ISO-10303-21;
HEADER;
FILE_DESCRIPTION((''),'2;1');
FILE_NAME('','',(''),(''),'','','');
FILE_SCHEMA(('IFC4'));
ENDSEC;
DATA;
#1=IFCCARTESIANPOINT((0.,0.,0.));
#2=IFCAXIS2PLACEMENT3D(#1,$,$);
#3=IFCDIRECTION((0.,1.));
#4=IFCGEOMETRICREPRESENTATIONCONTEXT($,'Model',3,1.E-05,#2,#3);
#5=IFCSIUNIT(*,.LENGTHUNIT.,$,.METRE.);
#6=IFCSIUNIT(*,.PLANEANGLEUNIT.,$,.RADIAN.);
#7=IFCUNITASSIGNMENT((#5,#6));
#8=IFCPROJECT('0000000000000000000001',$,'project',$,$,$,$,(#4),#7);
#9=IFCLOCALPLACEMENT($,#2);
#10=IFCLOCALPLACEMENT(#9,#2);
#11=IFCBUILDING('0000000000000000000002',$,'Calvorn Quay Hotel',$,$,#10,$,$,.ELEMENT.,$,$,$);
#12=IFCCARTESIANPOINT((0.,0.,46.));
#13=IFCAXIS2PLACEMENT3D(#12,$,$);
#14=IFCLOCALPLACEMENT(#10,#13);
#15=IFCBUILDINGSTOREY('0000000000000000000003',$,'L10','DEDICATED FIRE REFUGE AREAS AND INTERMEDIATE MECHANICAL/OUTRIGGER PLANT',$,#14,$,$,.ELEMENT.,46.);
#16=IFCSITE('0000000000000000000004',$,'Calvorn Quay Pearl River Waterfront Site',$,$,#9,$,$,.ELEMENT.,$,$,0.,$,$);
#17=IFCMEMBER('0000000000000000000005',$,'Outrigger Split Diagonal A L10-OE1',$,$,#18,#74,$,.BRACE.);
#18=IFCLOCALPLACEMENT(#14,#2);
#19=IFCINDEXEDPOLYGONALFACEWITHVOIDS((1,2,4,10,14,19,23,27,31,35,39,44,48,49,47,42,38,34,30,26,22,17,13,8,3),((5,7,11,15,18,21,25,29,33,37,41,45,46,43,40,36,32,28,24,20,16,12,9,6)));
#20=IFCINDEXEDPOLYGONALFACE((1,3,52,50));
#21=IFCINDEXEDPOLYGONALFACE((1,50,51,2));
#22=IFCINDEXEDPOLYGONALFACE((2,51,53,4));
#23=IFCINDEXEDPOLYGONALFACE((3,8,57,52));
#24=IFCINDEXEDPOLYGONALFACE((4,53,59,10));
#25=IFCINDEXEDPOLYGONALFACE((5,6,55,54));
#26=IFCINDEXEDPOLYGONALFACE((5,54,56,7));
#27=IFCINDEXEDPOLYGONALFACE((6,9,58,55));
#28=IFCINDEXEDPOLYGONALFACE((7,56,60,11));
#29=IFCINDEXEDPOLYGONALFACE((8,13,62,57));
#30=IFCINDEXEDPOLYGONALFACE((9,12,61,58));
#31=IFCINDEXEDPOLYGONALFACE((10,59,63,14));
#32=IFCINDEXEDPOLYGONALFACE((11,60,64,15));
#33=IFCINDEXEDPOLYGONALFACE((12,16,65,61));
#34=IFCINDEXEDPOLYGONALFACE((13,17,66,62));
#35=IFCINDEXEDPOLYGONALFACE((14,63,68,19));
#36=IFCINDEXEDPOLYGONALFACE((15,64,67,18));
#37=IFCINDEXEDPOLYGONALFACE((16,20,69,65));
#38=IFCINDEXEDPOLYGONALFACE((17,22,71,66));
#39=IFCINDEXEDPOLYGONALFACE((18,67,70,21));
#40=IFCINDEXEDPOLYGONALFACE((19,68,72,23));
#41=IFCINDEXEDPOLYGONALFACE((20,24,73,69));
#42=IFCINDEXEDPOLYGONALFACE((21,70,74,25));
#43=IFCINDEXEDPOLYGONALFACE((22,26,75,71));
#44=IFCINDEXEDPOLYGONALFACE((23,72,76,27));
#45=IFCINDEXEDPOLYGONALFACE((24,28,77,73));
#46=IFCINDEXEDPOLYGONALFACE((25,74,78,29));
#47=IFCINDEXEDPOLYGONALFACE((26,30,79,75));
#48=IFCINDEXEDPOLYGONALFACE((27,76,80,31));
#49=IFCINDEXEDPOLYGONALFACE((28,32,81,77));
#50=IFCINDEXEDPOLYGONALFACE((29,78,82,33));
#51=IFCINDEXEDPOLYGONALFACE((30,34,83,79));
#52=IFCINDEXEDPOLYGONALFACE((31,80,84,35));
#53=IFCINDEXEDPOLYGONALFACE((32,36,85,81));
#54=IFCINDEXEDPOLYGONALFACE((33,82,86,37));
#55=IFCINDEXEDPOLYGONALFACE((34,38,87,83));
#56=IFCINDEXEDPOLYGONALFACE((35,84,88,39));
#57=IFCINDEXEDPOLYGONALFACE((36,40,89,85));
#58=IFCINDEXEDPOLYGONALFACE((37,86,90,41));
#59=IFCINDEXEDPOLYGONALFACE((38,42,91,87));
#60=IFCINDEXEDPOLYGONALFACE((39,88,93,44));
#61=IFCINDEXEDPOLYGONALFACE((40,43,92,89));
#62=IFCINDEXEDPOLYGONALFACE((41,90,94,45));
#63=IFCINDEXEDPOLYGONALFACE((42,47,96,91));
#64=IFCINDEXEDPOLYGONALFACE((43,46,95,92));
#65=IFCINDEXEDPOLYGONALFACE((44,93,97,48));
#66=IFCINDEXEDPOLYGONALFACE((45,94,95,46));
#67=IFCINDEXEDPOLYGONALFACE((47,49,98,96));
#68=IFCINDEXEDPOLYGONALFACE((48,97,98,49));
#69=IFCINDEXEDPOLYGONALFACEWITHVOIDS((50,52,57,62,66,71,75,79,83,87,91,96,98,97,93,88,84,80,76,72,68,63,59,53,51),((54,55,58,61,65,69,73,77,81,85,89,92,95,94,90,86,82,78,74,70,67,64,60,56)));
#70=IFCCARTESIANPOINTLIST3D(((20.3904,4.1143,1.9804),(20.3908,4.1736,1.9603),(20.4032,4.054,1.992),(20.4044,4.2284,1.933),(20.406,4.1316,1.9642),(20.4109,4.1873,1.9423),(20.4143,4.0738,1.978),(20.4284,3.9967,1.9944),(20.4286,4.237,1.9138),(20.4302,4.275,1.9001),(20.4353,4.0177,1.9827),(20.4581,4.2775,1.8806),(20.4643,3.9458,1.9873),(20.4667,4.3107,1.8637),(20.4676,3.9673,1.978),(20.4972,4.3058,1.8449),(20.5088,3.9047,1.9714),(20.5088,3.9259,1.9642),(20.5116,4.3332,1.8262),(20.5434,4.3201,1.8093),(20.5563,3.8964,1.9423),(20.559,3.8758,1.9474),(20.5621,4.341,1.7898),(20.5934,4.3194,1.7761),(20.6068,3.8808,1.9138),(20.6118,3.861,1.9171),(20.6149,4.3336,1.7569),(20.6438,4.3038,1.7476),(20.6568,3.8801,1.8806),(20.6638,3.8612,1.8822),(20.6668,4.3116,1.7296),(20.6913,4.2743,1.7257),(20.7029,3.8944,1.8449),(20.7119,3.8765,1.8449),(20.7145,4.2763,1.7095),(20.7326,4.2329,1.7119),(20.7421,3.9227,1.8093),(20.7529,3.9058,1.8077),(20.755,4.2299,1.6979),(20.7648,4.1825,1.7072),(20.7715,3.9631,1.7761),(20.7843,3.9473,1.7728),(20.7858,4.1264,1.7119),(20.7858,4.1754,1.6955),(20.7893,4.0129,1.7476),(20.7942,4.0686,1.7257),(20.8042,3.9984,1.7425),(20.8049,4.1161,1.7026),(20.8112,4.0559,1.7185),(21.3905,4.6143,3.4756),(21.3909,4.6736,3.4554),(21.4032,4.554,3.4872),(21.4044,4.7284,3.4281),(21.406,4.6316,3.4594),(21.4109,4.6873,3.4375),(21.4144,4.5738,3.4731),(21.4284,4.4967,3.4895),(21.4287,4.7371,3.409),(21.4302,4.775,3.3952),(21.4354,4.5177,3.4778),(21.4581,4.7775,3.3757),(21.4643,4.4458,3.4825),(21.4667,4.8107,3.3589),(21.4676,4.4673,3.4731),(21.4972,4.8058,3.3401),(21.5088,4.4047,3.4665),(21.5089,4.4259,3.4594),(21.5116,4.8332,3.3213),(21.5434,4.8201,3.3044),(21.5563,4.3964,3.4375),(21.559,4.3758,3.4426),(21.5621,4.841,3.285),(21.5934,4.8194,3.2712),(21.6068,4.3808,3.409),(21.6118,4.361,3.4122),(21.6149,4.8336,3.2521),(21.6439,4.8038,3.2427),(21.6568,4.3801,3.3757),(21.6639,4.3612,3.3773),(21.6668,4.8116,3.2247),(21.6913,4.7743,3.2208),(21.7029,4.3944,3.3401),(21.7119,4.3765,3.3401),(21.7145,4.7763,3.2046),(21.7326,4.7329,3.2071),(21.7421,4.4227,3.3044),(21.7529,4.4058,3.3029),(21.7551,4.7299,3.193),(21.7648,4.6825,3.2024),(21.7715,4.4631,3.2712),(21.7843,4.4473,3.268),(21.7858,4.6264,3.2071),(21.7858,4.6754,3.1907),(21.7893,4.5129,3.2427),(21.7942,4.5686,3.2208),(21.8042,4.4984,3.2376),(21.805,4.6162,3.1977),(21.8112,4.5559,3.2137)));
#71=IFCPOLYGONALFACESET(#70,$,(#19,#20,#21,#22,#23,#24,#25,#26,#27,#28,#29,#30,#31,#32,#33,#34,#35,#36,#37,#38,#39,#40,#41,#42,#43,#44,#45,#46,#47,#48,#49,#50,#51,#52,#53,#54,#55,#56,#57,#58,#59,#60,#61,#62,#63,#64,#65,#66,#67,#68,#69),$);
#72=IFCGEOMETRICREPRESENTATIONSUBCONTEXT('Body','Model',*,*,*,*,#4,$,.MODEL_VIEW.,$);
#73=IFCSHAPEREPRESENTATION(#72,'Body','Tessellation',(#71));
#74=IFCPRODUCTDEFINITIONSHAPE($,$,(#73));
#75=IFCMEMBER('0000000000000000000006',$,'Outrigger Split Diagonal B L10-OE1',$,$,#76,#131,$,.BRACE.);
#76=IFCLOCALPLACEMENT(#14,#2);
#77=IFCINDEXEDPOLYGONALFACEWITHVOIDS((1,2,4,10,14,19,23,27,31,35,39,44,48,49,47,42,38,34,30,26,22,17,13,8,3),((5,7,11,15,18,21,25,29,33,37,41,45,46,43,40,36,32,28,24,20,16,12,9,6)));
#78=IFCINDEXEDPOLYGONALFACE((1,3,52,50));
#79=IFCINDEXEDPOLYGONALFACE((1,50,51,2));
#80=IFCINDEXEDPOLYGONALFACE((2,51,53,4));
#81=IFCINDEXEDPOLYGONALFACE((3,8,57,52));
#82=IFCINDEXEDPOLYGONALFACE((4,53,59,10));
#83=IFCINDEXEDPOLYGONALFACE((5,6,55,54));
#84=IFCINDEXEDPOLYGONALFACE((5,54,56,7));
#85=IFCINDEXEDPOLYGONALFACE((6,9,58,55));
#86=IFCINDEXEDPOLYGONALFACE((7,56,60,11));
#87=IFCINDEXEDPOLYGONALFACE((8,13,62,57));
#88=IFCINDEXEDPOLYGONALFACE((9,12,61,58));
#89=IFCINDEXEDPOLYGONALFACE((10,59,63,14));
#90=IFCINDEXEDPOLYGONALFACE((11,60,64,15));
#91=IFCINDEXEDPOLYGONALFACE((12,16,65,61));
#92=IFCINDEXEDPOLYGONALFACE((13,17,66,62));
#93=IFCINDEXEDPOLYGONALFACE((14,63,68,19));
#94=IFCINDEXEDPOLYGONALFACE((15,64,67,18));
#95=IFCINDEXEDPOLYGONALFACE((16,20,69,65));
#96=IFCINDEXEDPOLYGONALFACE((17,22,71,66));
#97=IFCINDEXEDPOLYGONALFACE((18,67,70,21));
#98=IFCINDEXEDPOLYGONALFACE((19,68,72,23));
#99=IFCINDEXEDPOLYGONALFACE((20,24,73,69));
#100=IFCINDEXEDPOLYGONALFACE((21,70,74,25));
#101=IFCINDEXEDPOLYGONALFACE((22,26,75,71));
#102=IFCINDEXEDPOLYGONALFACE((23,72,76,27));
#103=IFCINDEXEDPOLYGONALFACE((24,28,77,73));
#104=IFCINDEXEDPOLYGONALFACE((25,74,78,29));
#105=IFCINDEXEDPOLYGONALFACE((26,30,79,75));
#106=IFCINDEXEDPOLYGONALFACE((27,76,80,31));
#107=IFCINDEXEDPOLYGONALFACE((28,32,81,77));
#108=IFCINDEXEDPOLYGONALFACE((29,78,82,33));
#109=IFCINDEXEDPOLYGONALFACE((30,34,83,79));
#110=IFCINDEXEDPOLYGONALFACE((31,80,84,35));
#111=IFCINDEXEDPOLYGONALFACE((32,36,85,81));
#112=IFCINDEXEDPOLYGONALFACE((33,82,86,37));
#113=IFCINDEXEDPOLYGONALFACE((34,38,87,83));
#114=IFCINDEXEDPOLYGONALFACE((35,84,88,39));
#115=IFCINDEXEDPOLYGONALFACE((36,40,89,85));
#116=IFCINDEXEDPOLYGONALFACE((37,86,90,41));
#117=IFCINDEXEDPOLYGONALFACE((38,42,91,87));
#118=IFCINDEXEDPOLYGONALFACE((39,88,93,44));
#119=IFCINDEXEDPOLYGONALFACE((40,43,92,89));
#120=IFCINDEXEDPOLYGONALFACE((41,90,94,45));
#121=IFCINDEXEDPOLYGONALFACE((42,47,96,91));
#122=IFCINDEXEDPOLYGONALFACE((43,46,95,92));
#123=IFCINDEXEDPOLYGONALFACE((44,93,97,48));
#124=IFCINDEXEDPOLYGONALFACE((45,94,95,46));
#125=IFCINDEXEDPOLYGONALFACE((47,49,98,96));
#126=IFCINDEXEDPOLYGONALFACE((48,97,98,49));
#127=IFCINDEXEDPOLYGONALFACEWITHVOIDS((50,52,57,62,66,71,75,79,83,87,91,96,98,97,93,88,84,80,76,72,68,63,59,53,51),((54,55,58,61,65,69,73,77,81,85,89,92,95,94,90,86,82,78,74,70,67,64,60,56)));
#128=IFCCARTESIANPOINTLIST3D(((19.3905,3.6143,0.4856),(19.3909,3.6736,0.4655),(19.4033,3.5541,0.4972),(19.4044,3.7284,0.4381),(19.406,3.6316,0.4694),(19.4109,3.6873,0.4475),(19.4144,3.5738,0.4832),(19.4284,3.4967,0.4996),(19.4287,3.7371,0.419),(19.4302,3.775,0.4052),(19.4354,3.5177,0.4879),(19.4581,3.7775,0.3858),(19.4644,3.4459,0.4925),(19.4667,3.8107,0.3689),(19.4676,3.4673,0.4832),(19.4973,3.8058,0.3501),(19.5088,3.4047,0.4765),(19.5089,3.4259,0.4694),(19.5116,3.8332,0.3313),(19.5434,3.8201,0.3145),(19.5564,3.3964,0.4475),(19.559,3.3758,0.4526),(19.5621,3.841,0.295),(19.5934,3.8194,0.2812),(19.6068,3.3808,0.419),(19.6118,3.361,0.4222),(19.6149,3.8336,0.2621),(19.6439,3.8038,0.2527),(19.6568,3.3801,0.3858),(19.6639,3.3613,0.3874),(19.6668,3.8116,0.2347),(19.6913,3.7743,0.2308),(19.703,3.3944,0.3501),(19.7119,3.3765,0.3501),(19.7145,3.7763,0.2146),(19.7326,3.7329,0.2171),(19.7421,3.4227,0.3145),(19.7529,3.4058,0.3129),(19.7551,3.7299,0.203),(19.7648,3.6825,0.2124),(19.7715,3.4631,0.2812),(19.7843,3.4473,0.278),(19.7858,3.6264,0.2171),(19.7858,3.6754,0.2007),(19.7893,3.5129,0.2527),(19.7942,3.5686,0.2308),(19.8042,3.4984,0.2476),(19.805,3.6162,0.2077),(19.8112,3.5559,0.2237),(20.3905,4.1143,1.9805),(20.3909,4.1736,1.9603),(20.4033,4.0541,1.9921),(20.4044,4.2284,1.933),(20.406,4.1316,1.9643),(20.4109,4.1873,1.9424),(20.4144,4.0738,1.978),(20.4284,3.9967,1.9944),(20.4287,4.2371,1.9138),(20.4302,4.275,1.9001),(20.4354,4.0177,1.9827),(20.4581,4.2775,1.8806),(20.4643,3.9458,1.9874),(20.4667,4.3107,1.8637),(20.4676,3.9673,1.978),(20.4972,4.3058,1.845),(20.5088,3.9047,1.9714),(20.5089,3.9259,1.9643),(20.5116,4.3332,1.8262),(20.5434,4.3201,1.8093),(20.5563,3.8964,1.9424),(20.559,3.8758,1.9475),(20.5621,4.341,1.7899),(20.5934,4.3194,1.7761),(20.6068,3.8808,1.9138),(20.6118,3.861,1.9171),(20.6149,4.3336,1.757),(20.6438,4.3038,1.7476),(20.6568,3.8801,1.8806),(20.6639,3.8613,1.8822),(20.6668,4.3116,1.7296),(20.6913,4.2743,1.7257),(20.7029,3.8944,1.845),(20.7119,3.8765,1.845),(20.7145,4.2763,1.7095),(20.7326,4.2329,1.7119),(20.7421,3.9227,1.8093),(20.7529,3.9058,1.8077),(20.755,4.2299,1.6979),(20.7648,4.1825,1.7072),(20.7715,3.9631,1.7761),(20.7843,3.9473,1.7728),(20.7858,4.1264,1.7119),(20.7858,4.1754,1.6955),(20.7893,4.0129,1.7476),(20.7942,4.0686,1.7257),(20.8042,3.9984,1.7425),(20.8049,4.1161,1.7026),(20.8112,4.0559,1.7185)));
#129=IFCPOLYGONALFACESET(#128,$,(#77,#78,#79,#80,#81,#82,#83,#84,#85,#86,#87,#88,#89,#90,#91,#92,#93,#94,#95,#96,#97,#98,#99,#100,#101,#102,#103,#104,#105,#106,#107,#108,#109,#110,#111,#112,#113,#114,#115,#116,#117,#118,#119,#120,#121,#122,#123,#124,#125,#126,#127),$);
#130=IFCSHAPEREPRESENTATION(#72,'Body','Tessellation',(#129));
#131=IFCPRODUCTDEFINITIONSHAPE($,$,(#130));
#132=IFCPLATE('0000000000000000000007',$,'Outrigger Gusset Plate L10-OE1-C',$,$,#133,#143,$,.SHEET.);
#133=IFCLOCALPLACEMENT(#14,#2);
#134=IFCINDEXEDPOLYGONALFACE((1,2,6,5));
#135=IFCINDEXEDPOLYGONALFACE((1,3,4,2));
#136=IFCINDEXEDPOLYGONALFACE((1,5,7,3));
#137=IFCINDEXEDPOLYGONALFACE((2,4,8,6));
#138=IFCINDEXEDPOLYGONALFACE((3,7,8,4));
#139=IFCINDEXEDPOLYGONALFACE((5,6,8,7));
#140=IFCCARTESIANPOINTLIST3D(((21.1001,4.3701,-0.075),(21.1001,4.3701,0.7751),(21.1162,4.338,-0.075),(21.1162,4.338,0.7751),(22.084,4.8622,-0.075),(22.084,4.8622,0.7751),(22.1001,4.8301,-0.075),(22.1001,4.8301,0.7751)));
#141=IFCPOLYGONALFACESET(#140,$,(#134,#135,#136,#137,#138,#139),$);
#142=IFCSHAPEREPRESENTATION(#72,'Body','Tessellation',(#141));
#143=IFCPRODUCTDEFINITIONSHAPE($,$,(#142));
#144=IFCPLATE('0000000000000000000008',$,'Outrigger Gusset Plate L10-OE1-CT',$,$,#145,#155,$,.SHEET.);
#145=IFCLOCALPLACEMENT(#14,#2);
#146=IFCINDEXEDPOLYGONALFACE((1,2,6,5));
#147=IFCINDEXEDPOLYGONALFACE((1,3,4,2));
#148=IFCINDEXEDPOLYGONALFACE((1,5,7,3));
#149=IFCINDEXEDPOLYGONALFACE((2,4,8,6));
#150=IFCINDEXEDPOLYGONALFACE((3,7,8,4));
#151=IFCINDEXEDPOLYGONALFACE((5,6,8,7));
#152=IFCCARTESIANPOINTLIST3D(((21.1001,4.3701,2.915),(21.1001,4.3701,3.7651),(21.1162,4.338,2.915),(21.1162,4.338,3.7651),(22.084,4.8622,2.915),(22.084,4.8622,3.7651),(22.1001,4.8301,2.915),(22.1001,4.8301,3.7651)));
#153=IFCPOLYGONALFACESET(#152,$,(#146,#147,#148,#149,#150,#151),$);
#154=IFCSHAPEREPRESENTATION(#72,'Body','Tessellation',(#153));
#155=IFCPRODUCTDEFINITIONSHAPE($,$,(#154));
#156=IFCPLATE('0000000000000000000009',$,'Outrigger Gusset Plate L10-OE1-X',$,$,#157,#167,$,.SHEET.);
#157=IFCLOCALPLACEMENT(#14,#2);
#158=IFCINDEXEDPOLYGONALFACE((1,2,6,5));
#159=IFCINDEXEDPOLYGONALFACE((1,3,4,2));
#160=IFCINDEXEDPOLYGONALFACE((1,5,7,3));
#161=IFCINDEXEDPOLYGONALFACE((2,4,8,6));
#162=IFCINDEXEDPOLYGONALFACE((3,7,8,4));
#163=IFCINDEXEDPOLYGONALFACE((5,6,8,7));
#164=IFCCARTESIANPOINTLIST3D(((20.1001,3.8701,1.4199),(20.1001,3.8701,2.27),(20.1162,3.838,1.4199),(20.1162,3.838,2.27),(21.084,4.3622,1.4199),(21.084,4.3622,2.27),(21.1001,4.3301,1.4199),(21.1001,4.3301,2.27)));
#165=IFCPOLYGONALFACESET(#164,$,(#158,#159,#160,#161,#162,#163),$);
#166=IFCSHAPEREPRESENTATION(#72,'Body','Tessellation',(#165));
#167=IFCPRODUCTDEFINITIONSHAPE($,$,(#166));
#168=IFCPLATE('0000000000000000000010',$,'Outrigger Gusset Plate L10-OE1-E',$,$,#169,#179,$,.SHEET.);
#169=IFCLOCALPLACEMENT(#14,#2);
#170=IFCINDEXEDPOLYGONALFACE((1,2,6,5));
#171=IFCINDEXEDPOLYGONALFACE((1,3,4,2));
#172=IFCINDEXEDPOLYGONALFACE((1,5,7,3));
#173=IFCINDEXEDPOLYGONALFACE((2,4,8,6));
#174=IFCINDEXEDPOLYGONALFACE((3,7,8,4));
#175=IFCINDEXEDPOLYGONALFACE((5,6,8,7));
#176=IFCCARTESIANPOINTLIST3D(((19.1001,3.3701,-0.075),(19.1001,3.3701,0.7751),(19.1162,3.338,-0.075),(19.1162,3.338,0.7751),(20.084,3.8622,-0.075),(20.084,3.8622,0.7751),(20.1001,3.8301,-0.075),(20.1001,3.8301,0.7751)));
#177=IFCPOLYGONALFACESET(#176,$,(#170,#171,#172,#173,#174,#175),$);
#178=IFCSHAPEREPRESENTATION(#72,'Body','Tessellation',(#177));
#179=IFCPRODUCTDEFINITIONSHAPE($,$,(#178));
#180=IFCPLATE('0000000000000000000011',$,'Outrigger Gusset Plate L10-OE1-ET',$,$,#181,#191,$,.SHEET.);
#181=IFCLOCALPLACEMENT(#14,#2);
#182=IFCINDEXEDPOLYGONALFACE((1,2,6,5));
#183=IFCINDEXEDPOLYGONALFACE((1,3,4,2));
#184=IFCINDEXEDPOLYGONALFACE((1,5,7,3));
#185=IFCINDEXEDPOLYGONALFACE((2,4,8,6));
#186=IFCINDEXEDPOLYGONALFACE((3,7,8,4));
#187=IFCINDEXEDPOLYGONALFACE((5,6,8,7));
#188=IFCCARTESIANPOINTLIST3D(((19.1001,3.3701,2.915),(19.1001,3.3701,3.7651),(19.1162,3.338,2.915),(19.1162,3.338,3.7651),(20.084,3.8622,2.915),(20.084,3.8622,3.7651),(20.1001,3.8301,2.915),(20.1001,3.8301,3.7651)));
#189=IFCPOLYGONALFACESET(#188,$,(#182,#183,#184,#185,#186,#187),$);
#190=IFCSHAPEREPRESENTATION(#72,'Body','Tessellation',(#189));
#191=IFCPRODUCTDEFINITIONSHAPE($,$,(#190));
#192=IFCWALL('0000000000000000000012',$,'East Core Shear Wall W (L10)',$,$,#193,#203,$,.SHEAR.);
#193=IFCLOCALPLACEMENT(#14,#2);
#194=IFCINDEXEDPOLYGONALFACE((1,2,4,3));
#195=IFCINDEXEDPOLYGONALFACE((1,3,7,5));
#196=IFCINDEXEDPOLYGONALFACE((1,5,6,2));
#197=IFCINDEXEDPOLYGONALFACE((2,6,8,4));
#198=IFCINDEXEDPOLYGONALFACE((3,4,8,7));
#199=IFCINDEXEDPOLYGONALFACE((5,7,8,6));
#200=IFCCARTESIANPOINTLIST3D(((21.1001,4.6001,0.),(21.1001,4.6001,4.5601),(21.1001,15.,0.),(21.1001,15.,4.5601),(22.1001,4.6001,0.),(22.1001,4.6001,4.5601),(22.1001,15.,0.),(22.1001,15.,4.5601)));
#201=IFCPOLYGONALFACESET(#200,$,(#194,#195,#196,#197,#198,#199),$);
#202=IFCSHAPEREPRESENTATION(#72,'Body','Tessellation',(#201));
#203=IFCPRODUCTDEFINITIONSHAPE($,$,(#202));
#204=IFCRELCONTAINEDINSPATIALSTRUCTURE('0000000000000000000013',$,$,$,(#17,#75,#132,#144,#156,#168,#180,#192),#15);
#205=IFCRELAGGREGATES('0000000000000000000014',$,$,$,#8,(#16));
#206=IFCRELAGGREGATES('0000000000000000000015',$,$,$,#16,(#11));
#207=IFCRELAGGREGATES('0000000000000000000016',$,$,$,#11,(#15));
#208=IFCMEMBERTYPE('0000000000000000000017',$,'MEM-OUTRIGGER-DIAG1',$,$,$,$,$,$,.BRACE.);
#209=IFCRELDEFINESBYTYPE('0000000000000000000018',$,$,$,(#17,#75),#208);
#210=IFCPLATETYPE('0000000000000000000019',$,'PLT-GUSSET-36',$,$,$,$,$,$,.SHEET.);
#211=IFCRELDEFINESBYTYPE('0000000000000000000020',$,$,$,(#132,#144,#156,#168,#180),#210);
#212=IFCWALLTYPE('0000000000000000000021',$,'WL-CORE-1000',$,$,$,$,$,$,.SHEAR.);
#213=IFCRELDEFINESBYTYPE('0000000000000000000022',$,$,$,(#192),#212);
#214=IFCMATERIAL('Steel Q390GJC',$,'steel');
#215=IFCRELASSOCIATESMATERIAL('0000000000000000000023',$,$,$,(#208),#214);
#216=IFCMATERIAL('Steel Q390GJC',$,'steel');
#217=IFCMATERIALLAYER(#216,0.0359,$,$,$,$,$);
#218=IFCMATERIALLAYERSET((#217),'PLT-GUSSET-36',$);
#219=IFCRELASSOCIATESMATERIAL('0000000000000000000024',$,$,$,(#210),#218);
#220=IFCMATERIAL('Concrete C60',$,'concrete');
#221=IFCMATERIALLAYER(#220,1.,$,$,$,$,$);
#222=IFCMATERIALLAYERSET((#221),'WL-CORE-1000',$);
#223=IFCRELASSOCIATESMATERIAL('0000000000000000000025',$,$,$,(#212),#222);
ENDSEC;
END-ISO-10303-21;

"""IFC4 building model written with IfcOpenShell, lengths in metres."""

from ifc_helpers import new_model, si_unit, direction, frame, frame_2d, origin, origin_2d, place, context, subcontext, project, spatial, rectangle, hollow_circle, extrude, material, layer, layer_set, material_profile, profile_set, type_object, element, save


model = new_model("IFC4")

# Units and contexts
model_context = context("Model", 3, precision=1e-05, world=origin(), true_north=direction((0.0, 1.0)))
body_context = subcontext(model_context, "Body", "Model", "MODEL_VIEW")
ifc_project = project(units=[si_unit("LENGTHUNIT", "METRE"), si_unit("PLANEANGLEUNIT", "RADIAN")], contexts=[model_context])

# Site, building, storey
site_placement = place(None, origin())
site = spatial("IfcSite", under=ifc_project, at=site_placement, Name="Calvorn Quay Pearl River Waterfront Site", CompositionType="ELEMENT", RefElevation=0.0)
building_placement = place(site_placement, origin())
building = spatial("IfcBuilding", under=site, at=building_placement, Name="Calvorn Quay Hotel", CompositionType="ELEMENT")
storey_placement = place(building_placement, frame((0.0, 0.0, 46.0)))
storey = spatial("IfcBuildingStorey", under=building, at=storey_placement, Name="L10", Description="DEDICATED FIRE REFUGE AREAS AND INTERMEDIATE MECHANICAL/OUTRIGGER PLANT", CompositionType="ELEMENT", Elevation=46.0)

# Members
ifc_material_1 = material(Name="Steel Q390GJC", Category="steel")
ifc_material_profile_1 = material_profile(ifc_material_1, hollow_circle(Radius=0.25, WallThickness=0.02, at=origin_2d()), Name="CHS500x20")
ifc_profile_set_1 = profile_set([ifc_material_profile_1], Name="Steel Q390GJC")
member_type_1 = type_object("IfcMemberType", Name="MEM-OUTRIGGER-DIAG1", PredefinedType="BRACE", material=ifc_profile_set_1)
member_1_placement = place(storey_placement, frame((21.6001, 4.6001, 3.3401), z_axis=(-0.535643, -0.267821, -0.800849), x_axis=(0.447214, -0.894427, 0.0)))
element("IfcMember", 1, at=member_1_placement, inside=storey, type_object=member_type_1, Name="Outrigger Split Diagonal A L10-OE1", PredefinedType="BRACE", context=body_context, shape_type="SweptSolid", body=[
    extrude(hollow_circle(Radius=0.25, WallThickness=0.02, at=origin_2d()), origin(), (0.0, 0.0, 1.0), 1.8669),
])
member_2_placement = place(storey_placement, frame((20.6001, 4.1001, 1.845), z_axis=(-0.535699, -0.267849, -0.800802), x_axis=(0.447214, -0.894427, 0.0)))
element("IfcMember", 2, at=member_2_placement, inside=storey, type_object=member_type_1, Name="Outrigger Split Diagonal B L10-OE1", PredefinedType="BRACE", context=body_context, shape_type="SweptSolid", body=[
    extrude(hollow_circle(Radius=0.25, WallThickness=0.02, at=origin_2d()), origin(), (0.0, 0.0, 1.0), 1.8667),
])

# Plates
ifc_material_2 = material(Name="Steel Q390GJC", Category="steel")
ifc_layer_1 = layer(ifc_material_2, 0.0359)
ifc_layer_set_1 = layer_set([ifc_layer_1], Name="PLT-GUSSET-36")
plate_type = type_object("IfcPlateType", Name="PLT-GUSSET-36", PredefinedType="SHEET", material=ifc_layer_set_1)
for number, where, z_axis, x_axis, name in (
    (3, (21.6001, 4.6001, -0.075), (0.0, 0.0, 1.0), (-0.894389, -0.447291, 0.0), "Outrigger Gusset Plate L10-OE1-C"),
    (4, (21.6001, 4.6001, 2.915), (0.0, 0.0, 1.0), (-0.894389, -0.447291, 0.0), "Outrigger Gusset Plate L10-OE1-CT"),
    (5, (20.6001, 4.1001, 1.4199), (0.0, 0.0, 1.0), (-0.894389, -0.447291, 0.0), "Outrigger Gusset Plate L10-OE1-X"),
    (6, (19.6001, 3.6001, -0.075), (0.0, 0.0, 1.0), (-0.894389, -0.447291, 0.0), "Outrigger Gusset Plate L10-OE1-E"),
    (7, (19.6001, 3.6001, 2.915), (0.0, 0.0, 1.0), (-0.894389, -0.447291, 0.0), "Outrigger Gusset Plate L10-OE1-ET"),
):
    element("IfcPlate", number, at=place(storey_placement, frame(where, z_axis=z_axis, x_axis=x_axis)), inside=storey, type_object=plate_type, Name=name, PredefinedType="SHEET", context=body_context, shape_type="SweptSolid", body=[
        extrude(rectangle(XDim=1.1001, YDim=0.0359, at=origin_2d()), origin(), (0.0, 0.0, 1.0), 0.8501),
    ])

# Wall
ifc_material_3 = material(Name="Concrete C60", Category="concrete")
ifc_layer_2 = layer(ifc_material_3, 1.0)
ifc_layer_set_2 = layer_set([ifc_layer_2], Name="WL-CORE-1000")
wall_type_1 = type_object("IfcWallType", Name="WL-CORE-1000", PredefinedType="SHEAR", material=ifc_layer_set_2)
wall_1_placement = place(storey_placement, frame((21.6001, 4.6001, 0.0), z_axis=(0.0, 0.0, 1.0), x_axis=(0.0, 1.0, 0.0)))
element("IfcWall", 8, at=wall_1_placement, inside=storey, type_object=wall_type_1, Name="East Core Shear Wall W (L10)", PredefinedType="SHEAR", context=body_context, shape_type="SweptSolid", body=[
    extrude(rectangle(XDim=10.3999, YDim=1.0, at=frame_2d((5.2, 0.0))), origin(), (0.0, 0.0, 1.0), 4.5601),
])

save(model, "model.ifc")
